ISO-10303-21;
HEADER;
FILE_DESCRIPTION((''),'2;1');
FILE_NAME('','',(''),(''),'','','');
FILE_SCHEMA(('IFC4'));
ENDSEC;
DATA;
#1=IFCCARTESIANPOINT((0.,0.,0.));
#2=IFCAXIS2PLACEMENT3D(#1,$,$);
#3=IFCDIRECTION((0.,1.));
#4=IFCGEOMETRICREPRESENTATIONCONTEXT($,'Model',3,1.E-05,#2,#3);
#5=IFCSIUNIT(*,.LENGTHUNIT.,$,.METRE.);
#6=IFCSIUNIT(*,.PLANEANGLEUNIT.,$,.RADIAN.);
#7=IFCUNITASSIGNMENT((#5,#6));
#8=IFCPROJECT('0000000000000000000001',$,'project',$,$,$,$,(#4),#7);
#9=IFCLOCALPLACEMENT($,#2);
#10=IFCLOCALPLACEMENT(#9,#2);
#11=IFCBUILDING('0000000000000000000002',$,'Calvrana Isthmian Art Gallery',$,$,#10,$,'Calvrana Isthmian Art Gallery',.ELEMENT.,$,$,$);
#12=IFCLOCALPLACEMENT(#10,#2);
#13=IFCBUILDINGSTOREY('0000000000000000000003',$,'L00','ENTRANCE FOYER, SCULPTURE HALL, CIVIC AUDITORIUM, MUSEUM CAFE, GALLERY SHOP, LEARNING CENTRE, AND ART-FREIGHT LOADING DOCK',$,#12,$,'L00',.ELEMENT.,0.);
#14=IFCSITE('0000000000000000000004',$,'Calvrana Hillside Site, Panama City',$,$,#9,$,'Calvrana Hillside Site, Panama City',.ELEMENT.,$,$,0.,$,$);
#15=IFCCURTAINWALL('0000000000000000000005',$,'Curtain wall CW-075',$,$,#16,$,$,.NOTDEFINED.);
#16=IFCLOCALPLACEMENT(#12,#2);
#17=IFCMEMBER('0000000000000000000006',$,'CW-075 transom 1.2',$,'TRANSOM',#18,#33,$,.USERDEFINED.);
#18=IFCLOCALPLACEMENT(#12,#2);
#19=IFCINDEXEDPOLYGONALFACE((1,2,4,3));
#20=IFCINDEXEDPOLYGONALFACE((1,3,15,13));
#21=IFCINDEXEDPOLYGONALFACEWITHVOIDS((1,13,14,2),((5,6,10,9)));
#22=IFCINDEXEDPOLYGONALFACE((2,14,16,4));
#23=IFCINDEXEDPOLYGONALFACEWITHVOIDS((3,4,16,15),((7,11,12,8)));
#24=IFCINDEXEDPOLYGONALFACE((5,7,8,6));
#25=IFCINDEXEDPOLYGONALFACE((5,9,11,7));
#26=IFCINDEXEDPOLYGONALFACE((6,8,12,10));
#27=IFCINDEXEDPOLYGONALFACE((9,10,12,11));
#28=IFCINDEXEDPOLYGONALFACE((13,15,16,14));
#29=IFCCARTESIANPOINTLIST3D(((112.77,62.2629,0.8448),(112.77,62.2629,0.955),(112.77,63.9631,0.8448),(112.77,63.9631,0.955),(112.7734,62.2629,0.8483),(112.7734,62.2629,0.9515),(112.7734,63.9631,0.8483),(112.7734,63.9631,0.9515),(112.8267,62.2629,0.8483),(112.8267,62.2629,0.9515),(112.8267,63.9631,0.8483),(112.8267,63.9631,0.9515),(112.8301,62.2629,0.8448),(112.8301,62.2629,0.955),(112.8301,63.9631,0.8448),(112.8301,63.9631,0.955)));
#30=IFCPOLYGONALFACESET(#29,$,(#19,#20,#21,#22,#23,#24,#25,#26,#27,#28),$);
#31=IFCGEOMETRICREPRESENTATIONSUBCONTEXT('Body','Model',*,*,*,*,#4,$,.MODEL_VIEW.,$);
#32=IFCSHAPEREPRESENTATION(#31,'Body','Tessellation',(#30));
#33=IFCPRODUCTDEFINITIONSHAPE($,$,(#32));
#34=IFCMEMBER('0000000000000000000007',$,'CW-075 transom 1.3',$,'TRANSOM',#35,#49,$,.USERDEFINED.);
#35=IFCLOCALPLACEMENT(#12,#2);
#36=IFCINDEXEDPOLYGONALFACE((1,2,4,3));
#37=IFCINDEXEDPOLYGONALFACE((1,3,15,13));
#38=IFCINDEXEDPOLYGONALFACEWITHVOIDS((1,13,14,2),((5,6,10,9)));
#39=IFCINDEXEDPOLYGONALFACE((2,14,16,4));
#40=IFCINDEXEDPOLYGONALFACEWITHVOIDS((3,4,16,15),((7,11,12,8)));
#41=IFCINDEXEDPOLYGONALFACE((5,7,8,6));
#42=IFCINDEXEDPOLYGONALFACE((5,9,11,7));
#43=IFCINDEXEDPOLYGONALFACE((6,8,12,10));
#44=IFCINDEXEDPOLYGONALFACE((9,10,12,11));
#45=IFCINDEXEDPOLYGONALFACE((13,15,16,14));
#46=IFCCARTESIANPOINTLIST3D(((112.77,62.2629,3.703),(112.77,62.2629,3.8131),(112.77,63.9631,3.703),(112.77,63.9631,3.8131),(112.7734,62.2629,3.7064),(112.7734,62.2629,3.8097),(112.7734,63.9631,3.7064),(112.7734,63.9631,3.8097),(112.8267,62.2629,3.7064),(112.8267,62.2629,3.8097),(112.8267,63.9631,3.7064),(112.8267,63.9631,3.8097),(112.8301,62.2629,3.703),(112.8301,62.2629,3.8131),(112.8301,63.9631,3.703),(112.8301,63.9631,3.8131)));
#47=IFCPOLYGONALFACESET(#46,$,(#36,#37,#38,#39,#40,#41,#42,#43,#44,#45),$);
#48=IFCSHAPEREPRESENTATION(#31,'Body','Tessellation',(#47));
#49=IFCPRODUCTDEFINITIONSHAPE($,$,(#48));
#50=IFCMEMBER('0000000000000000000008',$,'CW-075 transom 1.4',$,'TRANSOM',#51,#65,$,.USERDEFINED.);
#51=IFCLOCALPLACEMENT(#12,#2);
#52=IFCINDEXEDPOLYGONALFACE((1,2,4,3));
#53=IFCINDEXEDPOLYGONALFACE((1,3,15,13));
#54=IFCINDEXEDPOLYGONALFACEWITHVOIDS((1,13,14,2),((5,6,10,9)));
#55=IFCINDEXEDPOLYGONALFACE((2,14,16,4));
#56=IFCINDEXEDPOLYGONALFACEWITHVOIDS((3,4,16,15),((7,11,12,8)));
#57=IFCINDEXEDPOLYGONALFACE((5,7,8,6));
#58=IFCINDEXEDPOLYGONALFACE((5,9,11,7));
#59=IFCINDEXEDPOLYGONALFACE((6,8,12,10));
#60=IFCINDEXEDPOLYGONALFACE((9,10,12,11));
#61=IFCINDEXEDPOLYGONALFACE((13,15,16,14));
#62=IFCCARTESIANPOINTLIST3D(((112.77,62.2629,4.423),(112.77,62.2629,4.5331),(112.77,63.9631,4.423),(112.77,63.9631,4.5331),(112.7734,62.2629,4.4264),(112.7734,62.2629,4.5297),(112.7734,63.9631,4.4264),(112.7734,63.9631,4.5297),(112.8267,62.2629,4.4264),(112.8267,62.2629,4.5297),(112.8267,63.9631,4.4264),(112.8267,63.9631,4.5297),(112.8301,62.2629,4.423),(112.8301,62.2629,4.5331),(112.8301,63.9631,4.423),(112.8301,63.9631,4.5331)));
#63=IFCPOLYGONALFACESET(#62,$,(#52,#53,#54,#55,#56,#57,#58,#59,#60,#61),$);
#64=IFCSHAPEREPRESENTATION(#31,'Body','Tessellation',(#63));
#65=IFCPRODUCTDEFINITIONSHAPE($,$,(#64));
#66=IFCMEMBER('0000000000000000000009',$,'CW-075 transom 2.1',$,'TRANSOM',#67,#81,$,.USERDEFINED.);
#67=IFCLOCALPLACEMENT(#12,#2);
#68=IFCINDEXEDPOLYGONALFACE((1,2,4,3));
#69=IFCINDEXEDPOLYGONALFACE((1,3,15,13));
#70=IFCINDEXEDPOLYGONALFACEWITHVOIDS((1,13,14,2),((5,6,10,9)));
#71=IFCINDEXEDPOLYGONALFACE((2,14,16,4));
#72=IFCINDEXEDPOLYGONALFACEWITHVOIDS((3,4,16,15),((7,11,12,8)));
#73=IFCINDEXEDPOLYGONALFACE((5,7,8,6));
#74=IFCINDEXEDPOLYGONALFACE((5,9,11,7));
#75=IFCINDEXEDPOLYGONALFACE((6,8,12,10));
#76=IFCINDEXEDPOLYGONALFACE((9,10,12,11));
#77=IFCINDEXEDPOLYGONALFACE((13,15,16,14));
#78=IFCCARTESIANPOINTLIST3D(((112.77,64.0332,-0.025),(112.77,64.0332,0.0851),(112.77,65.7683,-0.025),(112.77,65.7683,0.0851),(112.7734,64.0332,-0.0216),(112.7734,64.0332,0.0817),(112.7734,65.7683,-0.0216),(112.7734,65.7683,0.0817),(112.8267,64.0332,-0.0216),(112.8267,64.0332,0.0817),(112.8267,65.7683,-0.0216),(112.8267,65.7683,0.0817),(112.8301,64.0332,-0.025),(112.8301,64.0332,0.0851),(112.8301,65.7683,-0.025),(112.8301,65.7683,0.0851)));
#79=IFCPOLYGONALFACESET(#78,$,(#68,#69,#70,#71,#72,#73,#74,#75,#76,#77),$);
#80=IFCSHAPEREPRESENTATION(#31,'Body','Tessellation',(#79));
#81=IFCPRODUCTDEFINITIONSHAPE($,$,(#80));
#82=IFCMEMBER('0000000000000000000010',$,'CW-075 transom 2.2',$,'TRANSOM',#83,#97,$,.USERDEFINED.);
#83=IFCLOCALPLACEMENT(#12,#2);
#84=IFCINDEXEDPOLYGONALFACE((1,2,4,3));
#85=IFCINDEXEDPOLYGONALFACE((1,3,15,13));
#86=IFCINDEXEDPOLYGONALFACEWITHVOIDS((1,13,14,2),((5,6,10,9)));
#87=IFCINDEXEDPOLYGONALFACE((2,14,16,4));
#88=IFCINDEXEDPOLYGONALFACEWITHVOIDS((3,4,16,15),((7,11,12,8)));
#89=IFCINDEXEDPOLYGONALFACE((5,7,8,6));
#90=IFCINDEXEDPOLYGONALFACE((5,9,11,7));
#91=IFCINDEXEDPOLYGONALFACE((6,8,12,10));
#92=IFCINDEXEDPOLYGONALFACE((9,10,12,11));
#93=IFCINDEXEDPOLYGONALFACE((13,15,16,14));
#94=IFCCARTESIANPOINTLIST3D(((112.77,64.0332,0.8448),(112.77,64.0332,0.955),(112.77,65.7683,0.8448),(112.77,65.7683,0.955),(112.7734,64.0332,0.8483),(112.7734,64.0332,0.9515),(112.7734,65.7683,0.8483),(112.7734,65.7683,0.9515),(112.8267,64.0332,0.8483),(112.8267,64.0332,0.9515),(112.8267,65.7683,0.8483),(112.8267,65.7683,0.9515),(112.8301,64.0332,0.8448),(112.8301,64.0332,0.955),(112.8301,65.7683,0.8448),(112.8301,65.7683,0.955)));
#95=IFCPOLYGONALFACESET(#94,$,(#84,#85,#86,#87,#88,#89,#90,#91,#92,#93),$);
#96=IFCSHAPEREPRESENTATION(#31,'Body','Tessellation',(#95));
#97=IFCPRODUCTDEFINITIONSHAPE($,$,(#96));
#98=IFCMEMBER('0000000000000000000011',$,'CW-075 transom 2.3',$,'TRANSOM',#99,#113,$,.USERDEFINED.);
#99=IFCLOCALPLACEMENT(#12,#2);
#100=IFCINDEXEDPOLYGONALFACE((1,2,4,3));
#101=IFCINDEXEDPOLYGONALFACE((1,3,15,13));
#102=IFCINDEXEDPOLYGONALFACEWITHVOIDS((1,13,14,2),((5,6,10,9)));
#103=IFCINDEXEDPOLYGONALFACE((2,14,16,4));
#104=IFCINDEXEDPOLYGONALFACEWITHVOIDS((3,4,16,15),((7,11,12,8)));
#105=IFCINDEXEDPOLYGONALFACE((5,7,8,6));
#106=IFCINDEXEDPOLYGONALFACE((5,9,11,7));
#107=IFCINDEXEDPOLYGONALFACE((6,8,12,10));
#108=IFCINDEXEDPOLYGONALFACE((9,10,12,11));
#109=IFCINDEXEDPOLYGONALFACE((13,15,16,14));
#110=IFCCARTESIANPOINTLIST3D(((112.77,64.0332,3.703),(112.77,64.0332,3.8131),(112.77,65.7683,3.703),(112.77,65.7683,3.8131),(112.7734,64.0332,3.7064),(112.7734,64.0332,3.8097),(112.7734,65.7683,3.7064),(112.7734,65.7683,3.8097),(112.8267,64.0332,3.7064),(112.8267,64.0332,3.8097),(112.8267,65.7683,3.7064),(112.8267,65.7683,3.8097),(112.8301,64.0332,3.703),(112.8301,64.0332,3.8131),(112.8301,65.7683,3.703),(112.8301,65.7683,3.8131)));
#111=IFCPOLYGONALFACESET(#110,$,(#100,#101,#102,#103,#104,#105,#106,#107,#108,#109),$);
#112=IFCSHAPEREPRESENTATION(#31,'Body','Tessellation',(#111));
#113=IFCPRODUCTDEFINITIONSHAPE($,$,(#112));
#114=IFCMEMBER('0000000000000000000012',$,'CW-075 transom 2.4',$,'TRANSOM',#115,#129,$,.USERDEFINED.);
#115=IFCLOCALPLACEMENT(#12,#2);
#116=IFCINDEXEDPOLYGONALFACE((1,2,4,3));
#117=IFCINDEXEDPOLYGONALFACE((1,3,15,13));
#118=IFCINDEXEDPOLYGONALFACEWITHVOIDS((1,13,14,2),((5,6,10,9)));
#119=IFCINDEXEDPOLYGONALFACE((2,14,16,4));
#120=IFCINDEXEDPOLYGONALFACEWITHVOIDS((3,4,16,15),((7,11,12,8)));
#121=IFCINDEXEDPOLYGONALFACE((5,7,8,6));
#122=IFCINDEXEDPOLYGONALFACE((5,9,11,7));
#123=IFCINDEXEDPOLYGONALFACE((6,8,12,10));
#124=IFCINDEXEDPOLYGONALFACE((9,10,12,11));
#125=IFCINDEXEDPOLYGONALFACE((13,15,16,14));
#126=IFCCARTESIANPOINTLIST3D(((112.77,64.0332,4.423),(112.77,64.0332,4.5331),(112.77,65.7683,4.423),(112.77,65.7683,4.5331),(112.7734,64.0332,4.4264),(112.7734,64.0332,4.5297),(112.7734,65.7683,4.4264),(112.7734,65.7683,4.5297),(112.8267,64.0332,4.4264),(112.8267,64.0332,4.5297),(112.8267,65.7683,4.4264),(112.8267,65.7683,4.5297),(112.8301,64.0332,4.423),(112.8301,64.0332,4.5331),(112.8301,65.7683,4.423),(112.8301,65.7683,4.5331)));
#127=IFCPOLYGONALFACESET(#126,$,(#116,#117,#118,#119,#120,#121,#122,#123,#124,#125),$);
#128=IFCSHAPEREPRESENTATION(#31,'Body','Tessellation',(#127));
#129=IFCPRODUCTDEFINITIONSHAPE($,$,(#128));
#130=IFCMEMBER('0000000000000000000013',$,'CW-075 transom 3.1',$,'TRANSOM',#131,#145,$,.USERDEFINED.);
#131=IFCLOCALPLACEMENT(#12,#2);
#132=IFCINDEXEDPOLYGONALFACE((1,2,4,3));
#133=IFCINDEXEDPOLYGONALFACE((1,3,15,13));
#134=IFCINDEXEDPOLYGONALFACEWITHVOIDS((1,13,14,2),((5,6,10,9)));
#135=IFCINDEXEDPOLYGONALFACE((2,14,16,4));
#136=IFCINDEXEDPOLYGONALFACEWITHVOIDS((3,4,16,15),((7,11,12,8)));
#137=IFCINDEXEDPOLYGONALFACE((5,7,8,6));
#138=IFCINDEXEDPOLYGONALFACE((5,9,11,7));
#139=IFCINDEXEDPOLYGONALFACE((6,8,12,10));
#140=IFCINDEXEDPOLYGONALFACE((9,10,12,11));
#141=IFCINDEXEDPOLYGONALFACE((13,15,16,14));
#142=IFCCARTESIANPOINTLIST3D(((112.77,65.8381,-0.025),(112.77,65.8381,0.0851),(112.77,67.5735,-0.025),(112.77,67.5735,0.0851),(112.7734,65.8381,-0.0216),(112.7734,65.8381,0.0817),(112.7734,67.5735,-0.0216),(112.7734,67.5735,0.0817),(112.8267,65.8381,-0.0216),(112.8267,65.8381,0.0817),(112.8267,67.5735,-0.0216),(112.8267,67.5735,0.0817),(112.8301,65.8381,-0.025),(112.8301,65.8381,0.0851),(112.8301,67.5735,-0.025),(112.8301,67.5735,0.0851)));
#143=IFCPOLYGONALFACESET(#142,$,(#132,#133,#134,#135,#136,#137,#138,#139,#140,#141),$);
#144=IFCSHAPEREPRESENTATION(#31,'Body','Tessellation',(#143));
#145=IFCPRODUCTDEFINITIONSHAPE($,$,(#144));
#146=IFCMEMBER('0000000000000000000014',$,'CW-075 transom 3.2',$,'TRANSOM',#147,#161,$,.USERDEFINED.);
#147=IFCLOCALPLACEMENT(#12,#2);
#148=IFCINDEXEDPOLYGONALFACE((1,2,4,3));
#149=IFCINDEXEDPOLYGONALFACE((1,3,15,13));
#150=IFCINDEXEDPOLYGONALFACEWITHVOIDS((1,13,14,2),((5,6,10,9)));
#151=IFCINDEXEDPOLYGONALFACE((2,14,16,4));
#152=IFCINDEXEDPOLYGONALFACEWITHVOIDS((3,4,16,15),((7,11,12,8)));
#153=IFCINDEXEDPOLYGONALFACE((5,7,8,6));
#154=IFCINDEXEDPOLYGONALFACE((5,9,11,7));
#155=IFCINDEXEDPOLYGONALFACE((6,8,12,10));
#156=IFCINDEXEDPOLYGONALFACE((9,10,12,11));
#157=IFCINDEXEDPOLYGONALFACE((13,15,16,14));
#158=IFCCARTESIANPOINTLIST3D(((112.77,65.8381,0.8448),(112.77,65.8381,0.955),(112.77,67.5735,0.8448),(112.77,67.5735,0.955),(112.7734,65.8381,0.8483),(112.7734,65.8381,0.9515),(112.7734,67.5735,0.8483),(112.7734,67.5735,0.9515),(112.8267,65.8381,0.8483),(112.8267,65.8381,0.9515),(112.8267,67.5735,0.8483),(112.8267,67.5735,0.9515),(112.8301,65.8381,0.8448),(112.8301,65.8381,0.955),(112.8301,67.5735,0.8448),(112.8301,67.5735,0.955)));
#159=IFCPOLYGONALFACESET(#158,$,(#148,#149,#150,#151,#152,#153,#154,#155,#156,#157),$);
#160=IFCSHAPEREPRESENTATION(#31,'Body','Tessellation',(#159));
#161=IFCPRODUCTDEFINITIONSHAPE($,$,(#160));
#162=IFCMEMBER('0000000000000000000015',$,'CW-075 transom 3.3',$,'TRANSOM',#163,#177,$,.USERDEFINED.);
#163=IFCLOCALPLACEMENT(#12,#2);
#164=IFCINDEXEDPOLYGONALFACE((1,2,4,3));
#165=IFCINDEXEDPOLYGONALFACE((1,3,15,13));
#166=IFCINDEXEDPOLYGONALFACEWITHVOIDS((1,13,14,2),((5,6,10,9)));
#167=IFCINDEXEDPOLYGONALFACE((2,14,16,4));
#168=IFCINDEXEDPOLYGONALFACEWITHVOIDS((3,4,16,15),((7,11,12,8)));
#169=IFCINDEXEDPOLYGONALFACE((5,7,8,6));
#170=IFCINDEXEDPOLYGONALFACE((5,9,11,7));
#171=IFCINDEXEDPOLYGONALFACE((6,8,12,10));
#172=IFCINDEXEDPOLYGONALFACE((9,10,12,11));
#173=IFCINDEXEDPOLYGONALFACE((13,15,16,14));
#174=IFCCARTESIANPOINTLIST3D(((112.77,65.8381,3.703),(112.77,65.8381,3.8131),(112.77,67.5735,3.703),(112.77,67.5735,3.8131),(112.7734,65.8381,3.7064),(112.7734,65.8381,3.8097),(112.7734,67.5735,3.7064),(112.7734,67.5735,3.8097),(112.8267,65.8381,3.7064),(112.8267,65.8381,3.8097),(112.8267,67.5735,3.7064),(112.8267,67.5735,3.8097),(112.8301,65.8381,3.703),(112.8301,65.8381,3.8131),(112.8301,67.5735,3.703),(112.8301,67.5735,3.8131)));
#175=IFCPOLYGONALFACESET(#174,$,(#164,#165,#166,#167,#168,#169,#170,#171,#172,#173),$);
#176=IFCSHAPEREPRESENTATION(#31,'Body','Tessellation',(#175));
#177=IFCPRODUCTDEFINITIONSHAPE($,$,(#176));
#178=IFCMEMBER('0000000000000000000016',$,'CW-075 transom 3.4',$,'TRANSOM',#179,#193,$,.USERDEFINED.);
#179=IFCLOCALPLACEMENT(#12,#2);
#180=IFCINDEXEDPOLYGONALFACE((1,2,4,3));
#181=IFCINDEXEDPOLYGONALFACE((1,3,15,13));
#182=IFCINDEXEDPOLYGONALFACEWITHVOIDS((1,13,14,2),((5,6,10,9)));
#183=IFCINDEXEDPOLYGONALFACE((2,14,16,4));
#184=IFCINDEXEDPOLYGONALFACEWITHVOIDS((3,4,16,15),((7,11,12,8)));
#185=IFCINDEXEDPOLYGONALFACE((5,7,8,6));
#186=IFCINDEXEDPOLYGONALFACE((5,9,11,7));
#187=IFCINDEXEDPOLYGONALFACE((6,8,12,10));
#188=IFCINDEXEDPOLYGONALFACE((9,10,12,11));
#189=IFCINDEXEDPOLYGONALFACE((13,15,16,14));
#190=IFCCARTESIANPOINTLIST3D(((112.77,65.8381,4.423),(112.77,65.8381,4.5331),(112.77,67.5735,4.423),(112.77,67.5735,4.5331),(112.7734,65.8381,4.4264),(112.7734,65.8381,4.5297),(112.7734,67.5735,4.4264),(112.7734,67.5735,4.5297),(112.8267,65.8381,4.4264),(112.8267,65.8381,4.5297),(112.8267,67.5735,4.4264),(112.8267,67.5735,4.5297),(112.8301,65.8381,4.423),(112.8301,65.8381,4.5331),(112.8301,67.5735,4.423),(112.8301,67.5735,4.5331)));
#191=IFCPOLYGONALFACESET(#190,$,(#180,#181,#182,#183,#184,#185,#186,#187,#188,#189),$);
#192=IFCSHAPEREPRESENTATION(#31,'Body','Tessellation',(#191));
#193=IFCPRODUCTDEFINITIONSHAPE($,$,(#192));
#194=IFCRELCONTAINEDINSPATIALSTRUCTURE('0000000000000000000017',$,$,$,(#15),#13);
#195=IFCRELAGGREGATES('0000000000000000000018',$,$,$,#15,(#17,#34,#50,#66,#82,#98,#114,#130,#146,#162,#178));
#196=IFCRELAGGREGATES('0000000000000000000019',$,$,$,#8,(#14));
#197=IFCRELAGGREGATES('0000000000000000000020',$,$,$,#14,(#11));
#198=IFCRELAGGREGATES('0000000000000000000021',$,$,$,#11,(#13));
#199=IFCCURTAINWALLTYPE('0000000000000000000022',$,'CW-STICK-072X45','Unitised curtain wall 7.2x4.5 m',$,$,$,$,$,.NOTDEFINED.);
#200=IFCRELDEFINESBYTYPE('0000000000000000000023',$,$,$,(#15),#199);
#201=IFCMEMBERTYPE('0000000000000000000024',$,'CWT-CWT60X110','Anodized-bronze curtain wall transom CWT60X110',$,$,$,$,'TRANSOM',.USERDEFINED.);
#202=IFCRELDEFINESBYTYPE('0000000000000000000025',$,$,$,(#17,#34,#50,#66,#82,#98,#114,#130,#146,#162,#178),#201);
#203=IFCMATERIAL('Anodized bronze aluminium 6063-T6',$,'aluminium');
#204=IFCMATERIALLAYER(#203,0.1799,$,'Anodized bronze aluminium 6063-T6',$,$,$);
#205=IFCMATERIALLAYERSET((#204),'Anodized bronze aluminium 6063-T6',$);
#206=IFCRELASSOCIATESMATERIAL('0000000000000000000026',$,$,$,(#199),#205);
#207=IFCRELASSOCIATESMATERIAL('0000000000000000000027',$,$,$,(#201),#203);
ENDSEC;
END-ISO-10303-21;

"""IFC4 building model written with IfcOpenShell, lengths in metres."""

from ifc_helpers import new_model, si_unit, direction, frame, origin, origin_2d, place, context, subcontext, project, spatial, hollow_rectangle, extrude, material, layer, layer_set, material_profile, profile_set, type_object, element, aggregate, save


model = new_model("IFC4")

# Units and contexts
model_context = context("Model", 3, precision=1e-05, world=origin(), true_north=direction((0.0, 1.0)))
body_context = subcontext(model_context, "Body", "Model", "MODEL_VIEW")
ifc_project = project(units=[si_unit("LENGTHUNIT", "METRE"), si_unit("PLANEANGLEUNIT", "RADIAN")], contexts=[model_context])

# Site, building, storey
site_placement = place(None, origin())
site = spatial("IfcSite", under=ifc_project, at=site_placement, Name="Calvrana Hillside Site, Panama City", LongName="Calvrana Hillside Site, Panama City", CompositionType="ELEMENT", RefElevation=0.0)
building_placement = place(site_placement, origin())
building = spatial("IfcBuilding", under=site, at=building_placement, Name="Calvrana Isthmian Art Gallery", LongName="Calvrana Isthmian Art Gallery", CompositionType="ELEMENT")
storey_placement = place(building_placement, origin())
storey = spatial("IfcBuildingStorey", under=building, at=storey_placement, Name="L00", Description="ENTRANCE FOYER, SCULPTURE HALL, CIVIC AUDITORIUM, MUSEUM CAFE, GALLERY SHOP, LEARNING CENTRE, AND ART-FREIGHT LOADING DOCK", LongName="L00", CompositionType="ELEMENT", Elevation=0.0)

# Curtain wall
ifc_material_1 = material(Name="Anodized bronze aluminium 6063-T6", Category="aluminium")
ifc_layer_1 = layer(ifc_material_1, 0.1799, Name="Anodized bronze aluminium 6063-T6")
ifc_layer_set_1 = layer_set([ifc_layer_1], Name="Anodized bronze aluminium 6063-T6")
curtain_wall_type_1 = type_object("IfcCurtainWallType", Name="CW-STICK-072X45", Description="Unitised curtain wall 7.2x4.5 m", PredefinedType="NOTDEFINED", material=ifc_layer_set_1)
curtain_wall_1_placement = place(storey_placement, origin())
curtain_wall_1 = element("IfcCurtainWall", 1, at=curtain_wall_1_placement, inside=storey, type_object=curtain_wall_type_1, Name="Curtain wall CW-075", PredefinedType="NOTDEFINED")

# Members
ifc_material_profile_1 = material_profile(ifc_material_1, hollow_rectangle(XDim=0.0601, YDim=0.1101, WallThickness=0.0034, at=origin_2d()), Name="CWT60X110")
ifc_profile_set_1 = profile_set([ifc_material_profile_1], Name="Anodized bronze aluminium 6063-T6")
member_type_1 = type_object("IfcMemberType", Name="CWT-CWT60X110", Description="Anodized-bronze curtain wall transom CWT60X110", ElementType="TRANSOM", PredefinedType="USERDEFINED", material=ifc_profile_set_1)
member_1_placement = place(storey_placement, frame((112.8, 62.2629, 0.8999), z_axis=(0.0, 1.0, 0.0), x_axis=(-1.0, 0.0, 0.0)))
member_1 = element("IfcMember", 2, at=member_1_placement, type_object=member_type_1, Name="CW-075 transom 1.2", ObjectType="TRANSOM", PredefinedType="USERDEFINED", context=body_context, shape_type="SweptSolid", body=[
    extrude(hollow_rectangle(XDim=0.0601, YDim=0.1101, WallThickness=0.0034, at=origin_2d()), origin(), (0.0, 0.0, 1.0), 1.7002),
])
member_2_placement = place(storey_placement, frame((112.8, 62.2629, 3.7581), z_axis=(0.0, 1.0, 0.0), x_axis=(-1.0, 0.0, 0.0)))
member_2 = element("IfcMember", 3, at=member_2_placement, type_object=member_type_1, Name="CW-075 transom 1.3", ObjectType="TRANSOM", PredefinedType="USERDEFINED", context=body_context, shape_type="SweptSolid", body=[
    extrude(hollow_rectangle(XDim=0.0601, YDim=0.1101, WallThickness=0.0034, at=origin_2d()), origin(), (0.0, 0.0, 1.0), 1.7002),
])
member_3_placement = place(storey_placement, frame((112.8, 62.2629, 4.478), z_axis=(0.0, 1.0, 0.0), x_axis=(-1.0, 0.0, 0.0)))
member_3 = element("IfcMember", 4, at=member_3_placement, type_object=member_type_1, Name="CW-075 transom 1.4", ObjectType="TRANSOM", PredefinedType="USERDEFINED", context=body_context, shape_type="SweptSolid", body=[
    extrude(hollow_rectangle(XDim=0.0601, YDim=0.1101, WallThickness=0.0034, at=origin_2d()), origin(), (0.0, 0.0, 1.0), 1.7002),
])
member_4_placement = place(storey_placement, frame((112.8, 64.0332, 0.03), z_axis=(0.0, 1.0, 0.0), x_axis=(-1.0, 0.0, 0.0)))
member_4 = element("IfcMember", 5, at=member_4_placement, type_object=member_type_1, Name="CW-075 transom 2.1", ObjectType="TRANSOM", PredefinedType="USERDEFINED", context=body_context, shape_type="SweptSolid", body=[
    extrude(hollow_rectangle(XDim=0.0601, YDim=0.1101, WallThickness=0.0034, at=origin_2d()), origin(), (0.0, 0.0, 1.0), 1.7351),
])
member_5_placement = place(storey_placement, frame((112.8, 64.0332, 0.8999), z_axis=(0.0, 1.0, 0.0), x_axis=(-1.0, 0.0, 0.0)))
member_5 = element("IfcMember", 6, at=member_5_placement, type_object=member_type_1, Name="CW-075 transom 2.2", ObjectType="TRANSOM", PredefinedType="USERDEFINED", context=body_context, shape_type="SweptSolid", body=[
    extrude(hollow_rectangle(XDim=0.0601, YDim=0.1101, WallThickness=0.0034, at=origin_2d()), origin(), (0.0, 0.0, 1.0), 1.7351),
])
member_6_placement = place(storey_placement, frame((112.8, 64.0332, 3.7581), z_axis=(0.0, 1.0, 0.0), x_axis=(-1.0, 0.0, 0.0)))
member_6 = element("IfcMember", 7, at=member_6_placement, type_object=member_type_1, Name="CW-075 transom 2.3", ObjectType="TRANSOM", PredefinedType="USERDEFINED", context=body_context, shape_type="SweptSolid", body=[
    extrude(hollow_rectangle(XDim=0.0601, YDim=0.1101, WallThickness=0.0034, at=origin_2d()), origin(), (0.0, 0.0, 1.0), 1.7351),
])
member_7_placement = place(storey_placement, frame((112.8, 64.0332, 4.478), z_axis=(0.0, 1.0, 0.0), x_axis=(-1.0, 0.0, 0.0)))
member_7 = element("IfcMember", 8, at=member_7_placement, type_object=member_type_1, Name="CW-075 transom 2.4", ObjectType="TRANSOM", PredefinedType="USERDEFINED", context=body_context, shape_type="SweptSolid", body=[
    extrude(hollow_rectangle(XDim=0.0601, YDim=0.1101, WallThickness=0.0034, at=origin_2d()), origin(), (0.0, 0.0, 1.0), 1.7351),
])
member_8_placement = place(storey_placement, frame((112.8, 65.8381, 0.03), z_axis=(0.0, 1.0, 0.0), x_axis=(-1.0, 0.0, 0.0)))
member_8 = element("IfcMember", 9, at=member_8_placement, type_object=member_type_1, Name="CW-075 transom 3.1", ObjectType="TRANSOM", PredefinedType="USERDEFINED", context=body_context, shape_type="SweptSolid", body=[
    extrude(hollow_rectangle(XDim=0.0601, YDim=0.1101, WallThickness=0.0034, at=origin_2d()), origin(), (0.0, 0.0, 1.0), 1.7354),
])
member_9_placement = place(storey_placement, frame((112.8, 65.8381, 0.8999), z_axis=(0.0, 1.0, 0.0), x_axis=(-1.0, 0.0, 0.0)))
member_9 = element("IfcMember", 10, at=member_9_placement, type_object=member_type_1, Name="CW-075 transom 3.2", ObjectType="TRANSOM", PredefinedType="USERDEFINED", context=body_context, shape_type="SweptSolid", body=[
    extrude(hollow_rectangle(XDim=0.0601, YDim=0.1101, WallThickness=0.0034, at=origin_2d()), origin(), (0.0, 0.0, 1.0), 1.7354),
])
member_10_placement = place(storey_placement, frame((112.8, 65.8381, 3.7581), z_axis=(0.0, 1.0, 0.0), x_axis=(-1.0, 0.0, 0.0)))
member_10 = element("IfcMember", 11, at=member_10_placement, type_object=member_type_1, Name="CW-075 transom 3.3", ObjectType="TRANSOM", PredefinedType="USERDEFINED", context=body_context, shape_type="SweptSolid", body=[
    extrude(hollow_rectangle(XDim=0.0601, YDim=0.1101, WallThickness=0.0034, at=origin_2d()), origin(), (0.0, 0.0, 1.0), 1.7354),
])
member_11_placement = place(storey_placement, frame((112.8, 65.8381, 4.478), z_axis=(0.0, 1.0, 0.0), x_axis=(-1.0, 0.0, 0.0)))
member_11 = element("IfcMember", 12, at=member_11_placement, type_object=member_type_1, Name="CW-075 transom 3.4", ObjectType="TRANSOM", PredefinedType="USERDEFINED", context=body_context, shape_type="SweptSolid", body=[
    extrude(hollow_rectangle(XDim=0.0601, YDim=0.1101, WallThickness=0.0034, at=origin_2d()), origin(), (0.0, 0.0, 1.0), 1.7354),
])

aggregate(curtain_wall_1, [member_1, member_2, member_3, member_4, member_5, member_6, member_7, member_8, member_9, member_10, member_11])

save(model, "model.ifc")
